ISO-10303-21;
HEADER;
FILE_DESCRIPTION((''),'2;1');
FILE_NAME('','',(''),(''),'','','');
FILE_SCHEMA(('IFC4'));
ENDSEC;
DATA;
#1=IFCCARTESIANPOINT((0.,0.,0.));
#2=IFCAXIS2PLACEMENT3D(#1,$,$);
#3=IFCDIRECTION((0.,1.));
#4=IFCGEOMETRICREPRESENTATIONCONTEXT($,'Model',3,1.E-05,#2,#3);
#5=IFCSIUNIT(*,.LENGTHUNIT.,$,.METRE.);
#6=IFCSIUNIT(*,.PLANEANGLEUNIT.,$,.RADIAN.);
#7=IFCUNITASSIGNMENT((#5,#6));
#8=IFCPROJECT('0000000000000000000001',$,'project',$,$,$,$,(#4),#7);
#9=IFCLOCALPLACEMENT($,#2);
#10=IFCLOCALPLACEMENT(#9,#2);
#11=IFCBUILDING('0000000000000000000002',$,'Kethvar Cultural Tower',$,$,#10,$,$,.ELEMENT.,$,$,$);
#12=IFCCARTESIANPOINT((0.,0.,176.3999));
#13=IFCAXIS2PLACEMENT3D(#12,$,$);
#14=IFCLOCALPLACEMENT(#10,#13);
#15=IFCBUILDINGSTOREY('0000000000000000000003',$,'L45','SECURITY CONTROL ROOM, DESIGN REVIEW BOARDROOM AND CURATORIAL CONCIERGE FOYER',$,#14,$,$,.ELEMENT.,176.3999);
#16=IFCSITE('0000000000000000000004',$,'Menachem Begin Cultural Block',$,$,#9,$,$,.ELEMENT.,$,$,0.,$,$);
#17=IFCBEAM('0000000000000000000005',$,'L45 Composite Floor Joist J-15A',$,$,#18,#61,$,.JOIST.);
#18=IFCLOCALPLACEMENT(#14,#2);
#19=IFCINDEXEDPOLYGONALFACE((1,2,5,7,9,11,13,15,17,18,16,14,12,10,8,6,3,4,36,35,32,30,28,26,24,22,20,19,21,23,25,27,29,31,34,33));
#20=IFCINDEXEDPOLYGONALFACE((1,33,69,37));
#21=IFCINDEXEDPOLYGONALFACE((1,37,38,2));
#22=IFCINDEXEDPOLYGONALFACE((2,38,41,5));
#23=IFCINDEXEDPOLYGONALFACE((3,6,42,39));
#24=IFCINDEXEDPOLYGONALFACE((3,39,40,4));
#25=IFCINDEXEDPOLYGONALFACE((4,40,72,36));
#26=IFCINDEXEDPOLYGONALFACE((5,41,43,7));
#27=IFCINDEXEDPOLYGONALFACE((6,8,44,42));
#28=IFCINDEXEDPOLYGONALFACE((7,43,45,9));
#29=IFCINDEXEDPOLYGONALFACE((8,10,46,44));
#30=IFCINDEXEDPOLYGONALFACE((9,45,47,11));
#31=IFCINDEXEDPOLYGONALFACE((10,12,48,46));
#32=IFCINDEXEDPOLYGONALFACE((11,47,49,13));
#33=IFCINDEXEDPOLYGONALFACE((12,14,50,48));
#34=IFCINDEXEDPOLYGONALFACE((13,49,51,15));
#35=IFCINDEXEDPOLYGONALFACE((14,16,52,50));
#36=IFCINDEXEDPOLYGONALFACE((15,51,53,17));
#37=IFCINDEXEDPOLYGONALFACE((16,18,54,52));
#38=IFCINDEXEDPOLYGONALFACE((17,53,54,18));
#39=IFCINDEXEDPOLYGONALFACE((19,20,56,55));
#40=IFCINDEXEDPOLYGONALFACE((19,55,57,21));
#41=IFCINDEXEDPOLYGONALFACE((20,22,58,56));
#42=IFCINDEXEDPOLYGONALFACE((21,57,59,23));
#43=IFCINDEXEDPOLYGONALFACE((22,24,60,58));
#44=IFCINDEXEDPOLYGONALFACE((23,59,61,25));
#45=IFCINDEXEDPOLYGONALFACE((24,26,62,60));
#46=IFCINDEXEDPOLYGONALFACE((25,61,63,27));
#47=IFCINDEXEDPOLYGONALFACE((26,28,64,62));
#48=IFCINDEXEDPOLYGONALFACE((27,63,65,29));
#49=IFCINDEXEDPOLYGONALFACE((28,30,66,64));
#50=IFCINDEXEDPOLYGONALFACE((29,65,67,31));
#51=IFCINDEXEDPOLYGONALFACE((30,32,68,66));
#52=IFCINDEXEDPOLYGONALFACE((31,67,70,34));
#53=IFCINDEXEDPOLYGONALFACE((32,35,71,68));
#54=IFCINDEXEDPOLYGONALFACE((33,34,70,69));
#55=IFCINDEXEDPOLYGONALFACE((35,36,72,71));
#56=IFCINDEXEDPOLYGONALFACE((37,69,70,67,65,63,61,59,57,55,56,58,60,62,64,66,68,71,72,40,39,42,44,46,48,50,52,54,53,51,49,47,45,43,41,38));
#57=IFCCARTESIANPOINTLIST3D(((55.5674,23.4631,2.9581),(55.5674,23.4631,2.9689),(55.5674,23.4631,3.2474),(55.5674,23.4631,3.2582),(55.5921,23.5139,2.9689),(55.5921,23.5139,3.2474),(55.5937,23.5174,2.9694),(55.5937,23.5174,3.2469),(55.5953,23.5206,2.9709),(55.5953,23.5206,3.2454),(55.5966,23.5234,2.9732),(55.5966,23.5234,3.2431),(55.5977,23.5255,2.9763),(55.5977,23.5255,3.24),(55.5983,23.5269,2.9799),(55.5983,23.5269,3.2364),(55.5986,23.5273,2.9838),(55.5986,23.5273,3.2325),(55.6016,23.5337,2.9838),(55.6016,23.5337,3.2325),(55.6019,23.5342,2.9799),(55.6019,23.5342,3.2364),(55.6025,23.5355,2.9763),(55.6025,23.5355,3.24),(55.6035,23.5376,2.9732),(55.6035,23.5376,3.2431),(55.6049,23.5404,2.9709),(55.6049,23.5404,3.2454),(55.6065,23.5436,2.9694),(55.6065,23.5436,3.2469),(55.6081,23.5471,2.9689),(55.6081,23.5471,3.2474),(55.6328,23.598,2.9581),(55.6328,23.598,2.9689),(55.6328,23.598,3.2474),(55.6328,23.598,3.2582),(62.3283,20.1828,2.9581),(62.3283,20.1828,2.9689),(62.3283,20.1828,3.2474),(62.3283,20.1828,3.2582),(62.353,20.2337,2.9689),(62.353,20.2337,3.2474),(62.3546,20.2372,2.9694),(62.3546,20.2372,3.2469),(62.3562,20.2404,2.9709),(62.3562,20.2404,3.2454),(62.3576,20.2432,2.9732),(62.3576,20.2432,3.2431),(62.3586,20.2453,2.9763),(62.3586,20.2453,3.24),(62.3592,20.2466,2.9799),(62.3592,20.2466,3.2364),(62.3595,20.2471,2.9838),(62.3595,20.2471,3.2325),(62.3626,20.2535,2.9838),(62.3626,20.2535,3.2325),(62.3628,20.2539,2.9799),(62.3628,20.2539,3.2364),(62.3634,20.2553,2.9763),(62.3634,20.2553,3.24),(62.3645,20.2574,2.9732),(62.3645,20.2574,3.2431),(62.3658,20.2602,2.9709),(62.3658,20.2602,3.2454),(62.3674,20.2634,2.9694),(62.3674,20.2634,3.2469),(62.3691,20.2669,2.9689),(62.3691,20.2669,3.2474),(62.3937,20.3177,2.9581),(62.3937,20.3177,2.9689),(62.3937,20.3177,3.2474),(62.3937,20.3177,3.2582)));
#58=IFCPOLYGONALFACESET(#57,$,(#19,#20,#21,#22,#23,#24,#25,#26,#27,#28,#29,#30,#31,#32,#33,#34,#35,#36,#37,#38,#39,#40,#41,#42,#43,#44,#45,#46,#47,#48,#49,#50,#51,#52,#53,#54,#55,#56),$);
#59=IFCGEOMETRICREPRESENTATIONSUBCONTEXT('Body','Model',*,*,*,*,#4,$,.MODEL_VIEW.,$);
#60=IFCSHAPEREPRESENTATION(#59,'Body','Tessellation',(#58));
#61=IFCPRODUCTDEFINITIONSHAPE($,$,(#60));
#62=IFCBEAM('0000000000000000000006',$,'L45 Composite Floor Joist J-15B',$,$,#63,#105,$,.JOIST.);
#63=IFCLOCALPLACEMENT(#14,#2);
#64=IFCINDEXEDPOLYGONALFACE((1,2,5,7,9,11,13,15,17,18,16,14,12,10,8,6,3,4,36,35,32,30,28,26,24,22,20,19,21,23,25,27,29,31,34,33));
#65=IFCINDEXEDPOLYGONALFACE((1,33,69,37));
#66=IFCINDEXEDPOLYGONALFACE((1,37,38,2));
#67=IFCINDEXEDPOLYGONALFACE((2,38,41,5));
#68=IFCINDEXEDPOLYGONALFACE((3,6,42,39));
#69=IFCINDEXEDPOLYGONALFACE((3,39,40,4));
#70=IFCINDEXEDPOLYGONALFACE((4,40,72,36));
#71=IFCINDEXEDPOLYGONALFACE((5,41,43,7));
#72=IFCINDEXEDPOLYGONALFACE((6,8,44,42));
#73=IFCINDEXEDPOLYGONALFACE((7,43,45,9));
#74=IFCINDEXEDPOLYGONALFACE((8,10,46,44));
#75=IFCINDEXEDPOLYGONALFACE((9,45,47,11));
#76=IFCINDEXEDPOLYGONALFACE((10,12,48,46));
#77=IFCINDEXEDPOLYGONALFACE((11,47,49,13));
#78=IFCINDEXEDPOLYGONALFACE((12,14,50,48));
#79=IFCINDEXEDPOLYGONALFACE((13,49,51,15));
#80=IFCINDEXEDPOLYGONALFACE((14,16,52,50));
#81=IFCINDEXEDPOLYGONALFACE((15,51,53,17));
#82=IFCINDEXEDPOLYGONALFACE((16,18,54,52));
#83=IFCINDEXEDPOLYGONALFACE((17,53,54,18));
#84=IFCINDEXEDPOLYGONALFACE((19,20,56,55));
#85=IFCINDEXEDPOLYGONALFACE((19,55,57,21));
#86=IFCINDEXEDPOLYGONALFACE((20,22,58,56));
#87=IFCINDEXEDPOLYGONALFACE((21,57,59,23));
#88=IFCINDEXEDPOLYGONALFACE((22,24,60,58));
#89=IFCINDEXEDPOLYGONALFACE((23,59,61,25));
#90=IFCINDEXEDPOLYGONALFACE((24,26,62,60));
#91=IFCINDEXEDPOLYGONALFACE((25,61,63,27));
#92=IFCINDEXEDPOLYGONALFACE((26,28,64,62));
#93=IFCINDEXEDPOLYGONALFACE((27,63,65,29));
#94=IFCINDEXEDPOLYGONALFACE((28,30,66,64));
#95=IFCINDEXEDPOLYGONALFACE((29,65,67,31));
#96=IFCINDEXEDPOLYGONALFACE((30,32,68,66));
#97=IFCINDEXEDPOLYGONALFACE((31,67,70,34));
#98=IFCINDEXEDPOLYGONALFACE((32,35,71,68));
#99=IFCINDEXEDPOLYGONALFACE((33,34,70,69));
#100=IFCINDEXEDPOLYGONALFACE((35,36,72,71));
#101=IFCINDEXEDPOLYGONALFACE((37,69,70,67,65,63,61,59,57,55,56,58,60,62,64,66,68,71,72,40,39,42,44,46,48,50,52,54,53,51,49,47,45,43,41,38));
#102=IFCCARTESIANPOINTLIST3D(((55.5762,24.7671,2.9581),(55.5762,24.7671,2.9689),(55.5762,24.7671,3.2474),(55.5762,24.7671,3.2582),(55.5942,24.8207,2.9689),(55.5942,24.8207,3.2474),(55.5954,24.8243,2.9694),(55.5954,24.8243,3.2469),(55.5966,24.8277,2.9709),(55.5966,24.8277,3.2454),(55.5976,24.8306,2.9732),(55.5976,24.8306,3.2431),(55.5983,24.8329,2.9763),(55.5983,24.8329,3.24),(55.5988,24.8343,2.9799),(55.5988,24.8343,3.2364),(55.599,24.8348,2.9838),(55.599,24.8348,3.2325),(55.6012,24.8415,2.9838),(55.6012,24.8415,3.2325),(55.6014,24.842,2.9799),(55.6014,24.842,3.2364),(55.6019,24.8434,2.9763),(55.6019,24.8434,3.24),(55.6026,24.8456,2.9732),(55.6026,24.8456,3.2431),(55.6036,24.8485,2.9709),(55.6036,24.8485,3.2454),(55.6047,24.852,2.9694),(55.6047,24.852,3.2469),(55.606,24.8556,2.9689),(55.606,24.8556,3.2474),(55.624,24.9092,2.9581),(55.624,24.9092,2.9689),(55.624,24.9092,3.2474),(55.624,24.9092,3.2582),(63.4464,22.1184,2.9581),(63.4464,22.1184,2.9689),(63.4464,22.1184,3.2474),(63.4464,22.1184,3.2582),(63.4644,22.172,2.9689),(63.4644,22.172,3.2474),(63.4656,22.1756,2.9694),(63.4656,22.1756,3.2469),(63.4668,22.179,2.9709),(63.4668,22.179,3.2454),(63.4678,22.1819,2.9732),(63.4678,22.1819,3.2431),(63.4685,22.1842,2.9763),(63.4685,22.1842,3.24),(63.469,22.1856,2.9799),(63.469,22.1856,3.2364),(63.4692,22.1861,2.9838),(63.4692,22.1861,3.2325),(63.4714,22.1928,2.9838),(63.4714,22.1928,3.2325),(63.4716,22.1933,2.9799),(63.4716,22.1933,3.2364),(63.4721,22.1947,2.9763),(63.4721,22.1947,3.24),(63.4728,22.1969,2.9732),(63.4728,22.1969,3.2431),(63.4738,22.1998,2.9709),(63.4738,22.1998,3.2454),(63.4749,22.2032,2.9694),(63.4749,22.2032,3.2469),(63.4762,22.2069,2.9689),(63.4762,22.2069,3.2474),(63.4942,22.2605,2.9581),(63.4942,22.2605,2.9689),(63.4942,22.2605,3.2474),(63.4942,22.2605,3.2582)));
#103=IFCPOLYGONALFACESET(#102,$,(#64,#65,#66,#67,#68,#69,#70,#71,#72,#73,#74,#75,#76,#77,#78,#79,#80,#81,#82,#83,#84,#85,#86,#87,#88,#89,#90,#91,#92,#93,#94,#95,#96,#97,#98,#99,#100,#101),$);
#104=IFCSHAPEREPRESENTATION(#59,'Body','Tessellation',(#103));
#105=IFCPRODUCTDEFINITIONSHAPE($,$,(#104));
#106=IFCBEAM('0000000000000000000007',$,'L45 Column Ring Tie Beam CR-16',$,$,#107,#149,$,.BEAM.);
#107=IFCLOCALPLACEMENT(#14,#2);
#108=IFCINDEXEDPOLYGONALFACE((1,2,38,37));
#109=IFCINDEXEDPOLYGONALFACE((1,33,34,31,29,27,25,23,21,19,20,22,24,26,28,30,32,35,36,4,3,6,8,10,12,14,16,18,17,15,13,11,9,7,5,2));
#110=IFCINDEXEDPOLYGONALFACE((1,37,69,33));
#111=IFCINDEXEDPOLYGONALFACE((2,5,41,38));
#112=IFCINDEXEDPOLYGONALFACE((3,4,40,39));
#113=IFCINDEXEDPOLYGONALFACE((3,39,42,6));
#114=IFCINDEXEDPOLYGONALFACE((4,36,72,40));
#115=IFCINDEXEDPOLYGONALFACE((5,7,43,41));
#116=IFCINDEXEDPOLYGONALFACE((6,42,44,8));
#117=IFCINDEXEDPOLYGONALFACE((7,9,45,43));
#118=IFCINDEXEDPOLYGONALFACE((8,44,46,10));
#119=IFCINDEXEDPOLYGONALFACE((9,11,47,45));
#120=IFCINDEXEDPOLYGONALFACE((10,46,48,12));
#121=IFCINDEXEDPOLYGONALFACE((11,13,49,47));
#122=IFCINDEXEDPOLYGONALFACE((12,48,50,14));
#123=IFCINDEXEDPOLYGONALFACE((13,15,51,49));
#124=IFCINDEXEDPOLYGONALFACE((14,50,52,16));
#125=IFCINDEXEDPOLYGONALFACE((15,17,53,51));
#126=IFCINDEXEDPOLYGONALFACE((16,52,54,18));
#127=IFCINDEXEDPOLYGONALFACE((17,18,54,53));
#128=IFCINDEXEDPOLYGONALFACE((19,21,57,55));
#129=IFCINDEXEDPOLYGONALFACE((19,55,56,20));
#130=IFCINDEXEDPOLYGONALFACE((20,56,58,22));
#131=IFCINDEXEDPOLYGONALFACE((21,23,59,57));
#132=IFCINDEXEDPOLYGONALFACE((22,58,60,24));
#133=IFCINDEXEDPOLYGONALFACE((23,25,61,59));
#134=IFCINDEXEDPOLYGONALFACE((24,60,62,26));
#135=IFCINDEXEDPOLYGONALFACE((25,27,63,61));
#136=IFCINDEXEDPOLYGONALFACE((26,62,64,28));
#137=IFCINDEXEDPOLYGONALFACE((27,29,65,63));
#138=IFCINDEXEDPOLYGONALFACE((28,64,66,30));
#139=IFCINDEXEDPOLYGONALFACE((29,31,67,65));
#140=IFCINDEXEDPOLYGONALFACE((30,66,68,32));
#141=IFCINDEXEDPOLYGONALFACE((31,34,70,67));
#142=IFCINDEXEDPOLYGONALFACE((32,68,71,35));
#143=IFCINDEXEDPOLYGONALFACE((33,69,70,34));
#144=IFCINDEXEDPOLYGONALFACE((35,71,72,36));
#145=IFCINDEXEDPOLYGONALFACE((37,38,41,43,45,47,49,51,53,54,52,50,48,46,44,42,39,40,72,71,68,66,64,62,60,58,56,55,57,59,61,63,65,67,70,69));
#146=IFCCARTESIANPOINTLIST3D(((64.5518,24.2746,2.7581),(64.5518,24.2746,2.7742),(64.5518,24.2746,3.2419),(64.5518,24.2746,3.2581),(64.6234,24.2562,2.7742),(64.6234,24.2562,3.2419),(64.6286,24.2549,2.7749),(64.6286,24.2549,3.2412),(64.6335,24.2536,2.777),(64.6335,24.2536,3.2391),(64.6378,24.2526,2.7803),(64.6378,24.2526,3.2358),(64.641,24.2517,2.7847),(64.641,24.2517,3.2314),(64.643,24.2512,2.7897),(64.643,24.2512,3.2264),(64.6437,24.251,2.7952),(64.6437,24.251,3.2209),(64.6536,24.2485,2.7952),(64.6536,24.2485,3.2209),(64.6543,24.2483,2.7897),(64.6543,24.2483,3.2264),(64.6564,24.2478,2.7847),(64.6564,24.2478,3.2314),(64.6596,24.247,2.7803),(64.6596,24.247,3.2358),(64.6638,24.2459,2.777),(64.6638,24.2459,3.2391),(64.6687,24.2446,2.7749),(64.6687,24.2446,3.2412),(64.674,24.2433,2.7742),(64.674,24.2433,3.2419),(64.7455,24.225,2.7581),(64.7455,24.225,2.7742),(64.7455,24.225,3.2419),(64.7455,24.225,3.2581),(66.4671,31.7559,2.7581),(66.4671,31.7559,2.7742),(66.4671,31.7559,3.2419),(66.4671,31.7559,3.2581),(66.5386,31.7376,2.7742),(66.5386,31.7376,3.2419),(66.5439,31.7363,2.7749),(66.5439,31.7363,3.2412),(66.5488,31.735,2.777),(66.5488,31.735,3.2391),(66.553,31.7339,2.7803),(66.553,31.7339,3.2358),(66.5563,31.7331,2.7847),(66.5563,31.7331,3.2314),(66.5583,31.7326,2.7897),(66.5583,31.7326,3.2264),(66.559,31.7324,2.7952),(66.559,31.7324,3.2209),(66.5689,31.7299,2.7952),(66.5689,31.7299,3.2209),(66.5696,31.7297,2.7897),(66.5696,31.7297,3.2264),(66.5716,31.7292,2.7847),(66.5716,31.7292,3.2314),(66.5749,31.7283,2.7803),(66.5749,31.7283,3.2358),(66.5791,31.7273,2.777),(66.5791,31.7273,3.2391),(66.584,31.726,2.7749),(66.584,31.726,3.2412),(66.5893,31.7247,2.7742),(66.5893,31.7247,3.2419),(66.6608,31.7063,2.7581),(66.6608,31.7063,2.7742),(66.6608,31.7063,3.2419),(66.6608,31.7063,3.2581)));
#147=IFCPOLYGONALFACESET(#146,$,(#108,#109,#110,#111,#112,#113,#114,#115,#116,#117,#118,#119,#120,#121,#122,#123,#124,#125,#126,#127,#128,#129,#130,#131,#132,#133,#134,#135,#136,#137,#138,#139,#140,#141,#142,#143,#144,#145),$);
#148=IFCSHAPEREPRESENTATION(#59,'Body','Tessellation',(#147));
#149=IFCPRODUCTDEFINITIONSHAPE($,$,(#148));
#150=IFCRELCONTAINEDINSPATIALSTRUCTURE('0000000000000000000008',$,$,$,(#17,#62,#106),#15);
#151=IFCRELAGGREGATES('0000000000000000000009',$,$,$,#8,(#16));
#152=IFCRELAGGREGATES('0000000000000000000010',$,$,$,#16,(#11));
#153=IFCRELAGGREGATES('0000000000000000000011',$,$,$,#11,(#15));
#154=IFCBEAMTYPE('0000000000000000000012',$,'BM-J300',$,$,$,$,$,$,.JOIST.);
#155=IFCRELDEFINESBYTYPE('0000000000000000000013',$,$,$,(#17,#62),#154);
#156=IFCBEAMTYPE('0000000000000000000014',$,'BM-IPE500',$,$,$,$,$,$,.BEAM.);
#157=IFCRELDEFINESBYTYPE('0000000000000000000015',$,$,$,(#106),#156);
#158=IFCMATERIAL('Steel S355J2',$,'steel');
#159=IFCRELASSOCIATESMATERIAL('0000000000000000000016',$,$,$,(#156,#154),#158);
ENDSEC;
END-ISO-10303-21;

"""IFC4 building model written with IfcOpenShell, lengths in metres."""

from ifc_helpers import new_model, si_unit, direction, frame, origin, origin_2d, place, context, subcontext, project, spatial, i_section, extrude, source, transform, mapped, material, material_profile, profile_set, type_object, element, save


model = new_model("IFC4")

# Units and contexts
model_context = context("Model", 3, precision=1e-05, world=origin(), true_north=direction((0.0, 1.0)))
body_context = subcontext(model_context, "Body", "Model", "MODEL_VIEW")
ifc_project = project(units=[si_unit("LENGTHUNIT", "METRE"), si_unit("PLANEANGLEUNIT", "RADIAN")], contexts=[model_context])

# Site, building, storey
site_placement = place(None, origin())
site = spatial("IfcSite", under=ifc_project, at=site_placement, Name="Menachem Begin Cultural Block", CompositionType="ELEMENT", RefElevation=0.0)
building_placement = place(site_placement, origin())
building = spatial("IfcBuilding", under=site, at=building_placement, Name="Kethvar Cultural Tower", CompositionType="ELEMENT")
storey_placement = place(building_placement, frame((0.0, 0.0, 176.3999)))
storey = spatial("IfcBuildingStorey", under=building, at=storey_placement, Name="L45", Description="SECURITY CONTROL ROOM, DESIGN REVIEW BOARDROOM AND CURATORIAL CONCIERGE FOYER", CompositionType="ELEMENT", Elevation=176.3999)

# Beams
ifc_material_1 = material(Name="Steel S355J2", Category="steel")
ifc_material_profile_1 = material_profile(ifc_material_1, i_section(OverallWidth=0.2, OverallDepth=0.5, WebThickness=0.0103, FlangeThickness=0.0161, FilletRadius=0.021, at=origin_2d()), Name="Steel S355J2 — IPE500")
ifc_profile_set_1 = profile_set([ifc_material_profile_1], Name="Steel S355J2 — IPE500")
beam_type_1 = type_object("IfcBeamType", Name="BM-IPE500", PredefinedType="BEAM", material=ifc_profile_set_1)
ifc_material_profile_2 = material_profile(ifc_material_1, i_section(OverallWidth=0.1499, OverallDepth=0.3, WebThickness=0.0071, FlangeThickness=0.0107, FilletRadius=0.0149, at=origin_2d()), Name="Steel S355J2 — IPE300")
ifc_profile_set_2 = profile_set([ifc_material_profile_2], Name="Steel S355J2 — IPE300")
beam_type_2 = type_object("IfcBeamType", Name="BM-J300", PredefinedType="JOIST", material=ifc_profile_set_2)
shared_shape_1 = source(origin(), body_context, "Body", "SweptSolid", [
    extrude(i_section(OverallWidth=0.1499, OverallDepth=0.3, WebThickness=0.0071, FlangeThickness=0.0107, FilletRadius=0.0149, at=origin_2d()), origin(), (0.0, 0.0, 1.0), 7.5146),
])
beam_1_placement = place(storey_placement, frame((55.6001, 23.5305, 3.1082), z_axis=(0.899698, -0.436513, 0.0), x_axis=(0.436513, 0.899698, 0.0)))
element("IfcBeam", 1, at=beam_1_placement, inside=storey, type_object=beam_type_2, Name="L45 Composite Floor Joist J-15A", PredefinedType="JOIST", context=body_context, shape_type="MappedRepresentation", body=[
    mapped(shared_shape_1, transform((0.0, 0.0, 0.0), scale=1.0)),
])
shared_shape_2 = source(origin(), body_context, "Body", "SweptSolid", [
    extrude(i_section(OverallWidth=0.1499, OverallDepth=0.3, WebThickness=0.0071, FlangeThickness=0.0107, FilletRadius=0.0149, at=origin_2d()), origin(), (0.0, 0.0, 1.0), 8.304),
])
beam_2_placement = place(storey_placement, frame((55.6001, 24.8381, 3.1082), z_axis=(0.947765, -0.31897, 0.0), x_axis=(0.31897, 0.947765, 0.0)))
element("IfcBeam", 2, at=beam_2_placement, inside=storey, type_object=beam_type_2, Name="L45 Composite Floor Joist J-15B", PredefinedType="JOIST", context=body_context, shape_type="MappedRepresentation", body=[
    mapped(shared_shape_2, transform((0.0, 0.0, 0.0), scale=1.0)),
])
shared_shape_3 = source(origin(), body_context, "Body", "SweptSolid", [
    extrude(i_section(OverallWidth=0.2, OverallDepth=0.5, WebThickness=0.0103, FlangeThickness=0.0161, FilletRadius=0.021, at=origin_2d()), origin(), (0.0, 0.0, 1.0), 7.7227),
])
beam_3_placement = place(storey_placement, frame((64.6487, 24.2498, 3.0081), z_axis=(0.248006, 0.968758, 0.0), x_axis=(-0.968758, 0.248006, 0.0)))
element("IfcBeam", 3, at=beam_3_placement, inside=storey, type_object=beam_type_1, Name="L45 Column Ring Tie Beam CR-16", PredefinedType="BEAM", context=body_context, shape_type="MappedRepresentation", body=[
    mapped(shared_shape_3, transform((0.0, 0.0, 0.0), scale=1.0)),
])

save(model, "model.ifc")
